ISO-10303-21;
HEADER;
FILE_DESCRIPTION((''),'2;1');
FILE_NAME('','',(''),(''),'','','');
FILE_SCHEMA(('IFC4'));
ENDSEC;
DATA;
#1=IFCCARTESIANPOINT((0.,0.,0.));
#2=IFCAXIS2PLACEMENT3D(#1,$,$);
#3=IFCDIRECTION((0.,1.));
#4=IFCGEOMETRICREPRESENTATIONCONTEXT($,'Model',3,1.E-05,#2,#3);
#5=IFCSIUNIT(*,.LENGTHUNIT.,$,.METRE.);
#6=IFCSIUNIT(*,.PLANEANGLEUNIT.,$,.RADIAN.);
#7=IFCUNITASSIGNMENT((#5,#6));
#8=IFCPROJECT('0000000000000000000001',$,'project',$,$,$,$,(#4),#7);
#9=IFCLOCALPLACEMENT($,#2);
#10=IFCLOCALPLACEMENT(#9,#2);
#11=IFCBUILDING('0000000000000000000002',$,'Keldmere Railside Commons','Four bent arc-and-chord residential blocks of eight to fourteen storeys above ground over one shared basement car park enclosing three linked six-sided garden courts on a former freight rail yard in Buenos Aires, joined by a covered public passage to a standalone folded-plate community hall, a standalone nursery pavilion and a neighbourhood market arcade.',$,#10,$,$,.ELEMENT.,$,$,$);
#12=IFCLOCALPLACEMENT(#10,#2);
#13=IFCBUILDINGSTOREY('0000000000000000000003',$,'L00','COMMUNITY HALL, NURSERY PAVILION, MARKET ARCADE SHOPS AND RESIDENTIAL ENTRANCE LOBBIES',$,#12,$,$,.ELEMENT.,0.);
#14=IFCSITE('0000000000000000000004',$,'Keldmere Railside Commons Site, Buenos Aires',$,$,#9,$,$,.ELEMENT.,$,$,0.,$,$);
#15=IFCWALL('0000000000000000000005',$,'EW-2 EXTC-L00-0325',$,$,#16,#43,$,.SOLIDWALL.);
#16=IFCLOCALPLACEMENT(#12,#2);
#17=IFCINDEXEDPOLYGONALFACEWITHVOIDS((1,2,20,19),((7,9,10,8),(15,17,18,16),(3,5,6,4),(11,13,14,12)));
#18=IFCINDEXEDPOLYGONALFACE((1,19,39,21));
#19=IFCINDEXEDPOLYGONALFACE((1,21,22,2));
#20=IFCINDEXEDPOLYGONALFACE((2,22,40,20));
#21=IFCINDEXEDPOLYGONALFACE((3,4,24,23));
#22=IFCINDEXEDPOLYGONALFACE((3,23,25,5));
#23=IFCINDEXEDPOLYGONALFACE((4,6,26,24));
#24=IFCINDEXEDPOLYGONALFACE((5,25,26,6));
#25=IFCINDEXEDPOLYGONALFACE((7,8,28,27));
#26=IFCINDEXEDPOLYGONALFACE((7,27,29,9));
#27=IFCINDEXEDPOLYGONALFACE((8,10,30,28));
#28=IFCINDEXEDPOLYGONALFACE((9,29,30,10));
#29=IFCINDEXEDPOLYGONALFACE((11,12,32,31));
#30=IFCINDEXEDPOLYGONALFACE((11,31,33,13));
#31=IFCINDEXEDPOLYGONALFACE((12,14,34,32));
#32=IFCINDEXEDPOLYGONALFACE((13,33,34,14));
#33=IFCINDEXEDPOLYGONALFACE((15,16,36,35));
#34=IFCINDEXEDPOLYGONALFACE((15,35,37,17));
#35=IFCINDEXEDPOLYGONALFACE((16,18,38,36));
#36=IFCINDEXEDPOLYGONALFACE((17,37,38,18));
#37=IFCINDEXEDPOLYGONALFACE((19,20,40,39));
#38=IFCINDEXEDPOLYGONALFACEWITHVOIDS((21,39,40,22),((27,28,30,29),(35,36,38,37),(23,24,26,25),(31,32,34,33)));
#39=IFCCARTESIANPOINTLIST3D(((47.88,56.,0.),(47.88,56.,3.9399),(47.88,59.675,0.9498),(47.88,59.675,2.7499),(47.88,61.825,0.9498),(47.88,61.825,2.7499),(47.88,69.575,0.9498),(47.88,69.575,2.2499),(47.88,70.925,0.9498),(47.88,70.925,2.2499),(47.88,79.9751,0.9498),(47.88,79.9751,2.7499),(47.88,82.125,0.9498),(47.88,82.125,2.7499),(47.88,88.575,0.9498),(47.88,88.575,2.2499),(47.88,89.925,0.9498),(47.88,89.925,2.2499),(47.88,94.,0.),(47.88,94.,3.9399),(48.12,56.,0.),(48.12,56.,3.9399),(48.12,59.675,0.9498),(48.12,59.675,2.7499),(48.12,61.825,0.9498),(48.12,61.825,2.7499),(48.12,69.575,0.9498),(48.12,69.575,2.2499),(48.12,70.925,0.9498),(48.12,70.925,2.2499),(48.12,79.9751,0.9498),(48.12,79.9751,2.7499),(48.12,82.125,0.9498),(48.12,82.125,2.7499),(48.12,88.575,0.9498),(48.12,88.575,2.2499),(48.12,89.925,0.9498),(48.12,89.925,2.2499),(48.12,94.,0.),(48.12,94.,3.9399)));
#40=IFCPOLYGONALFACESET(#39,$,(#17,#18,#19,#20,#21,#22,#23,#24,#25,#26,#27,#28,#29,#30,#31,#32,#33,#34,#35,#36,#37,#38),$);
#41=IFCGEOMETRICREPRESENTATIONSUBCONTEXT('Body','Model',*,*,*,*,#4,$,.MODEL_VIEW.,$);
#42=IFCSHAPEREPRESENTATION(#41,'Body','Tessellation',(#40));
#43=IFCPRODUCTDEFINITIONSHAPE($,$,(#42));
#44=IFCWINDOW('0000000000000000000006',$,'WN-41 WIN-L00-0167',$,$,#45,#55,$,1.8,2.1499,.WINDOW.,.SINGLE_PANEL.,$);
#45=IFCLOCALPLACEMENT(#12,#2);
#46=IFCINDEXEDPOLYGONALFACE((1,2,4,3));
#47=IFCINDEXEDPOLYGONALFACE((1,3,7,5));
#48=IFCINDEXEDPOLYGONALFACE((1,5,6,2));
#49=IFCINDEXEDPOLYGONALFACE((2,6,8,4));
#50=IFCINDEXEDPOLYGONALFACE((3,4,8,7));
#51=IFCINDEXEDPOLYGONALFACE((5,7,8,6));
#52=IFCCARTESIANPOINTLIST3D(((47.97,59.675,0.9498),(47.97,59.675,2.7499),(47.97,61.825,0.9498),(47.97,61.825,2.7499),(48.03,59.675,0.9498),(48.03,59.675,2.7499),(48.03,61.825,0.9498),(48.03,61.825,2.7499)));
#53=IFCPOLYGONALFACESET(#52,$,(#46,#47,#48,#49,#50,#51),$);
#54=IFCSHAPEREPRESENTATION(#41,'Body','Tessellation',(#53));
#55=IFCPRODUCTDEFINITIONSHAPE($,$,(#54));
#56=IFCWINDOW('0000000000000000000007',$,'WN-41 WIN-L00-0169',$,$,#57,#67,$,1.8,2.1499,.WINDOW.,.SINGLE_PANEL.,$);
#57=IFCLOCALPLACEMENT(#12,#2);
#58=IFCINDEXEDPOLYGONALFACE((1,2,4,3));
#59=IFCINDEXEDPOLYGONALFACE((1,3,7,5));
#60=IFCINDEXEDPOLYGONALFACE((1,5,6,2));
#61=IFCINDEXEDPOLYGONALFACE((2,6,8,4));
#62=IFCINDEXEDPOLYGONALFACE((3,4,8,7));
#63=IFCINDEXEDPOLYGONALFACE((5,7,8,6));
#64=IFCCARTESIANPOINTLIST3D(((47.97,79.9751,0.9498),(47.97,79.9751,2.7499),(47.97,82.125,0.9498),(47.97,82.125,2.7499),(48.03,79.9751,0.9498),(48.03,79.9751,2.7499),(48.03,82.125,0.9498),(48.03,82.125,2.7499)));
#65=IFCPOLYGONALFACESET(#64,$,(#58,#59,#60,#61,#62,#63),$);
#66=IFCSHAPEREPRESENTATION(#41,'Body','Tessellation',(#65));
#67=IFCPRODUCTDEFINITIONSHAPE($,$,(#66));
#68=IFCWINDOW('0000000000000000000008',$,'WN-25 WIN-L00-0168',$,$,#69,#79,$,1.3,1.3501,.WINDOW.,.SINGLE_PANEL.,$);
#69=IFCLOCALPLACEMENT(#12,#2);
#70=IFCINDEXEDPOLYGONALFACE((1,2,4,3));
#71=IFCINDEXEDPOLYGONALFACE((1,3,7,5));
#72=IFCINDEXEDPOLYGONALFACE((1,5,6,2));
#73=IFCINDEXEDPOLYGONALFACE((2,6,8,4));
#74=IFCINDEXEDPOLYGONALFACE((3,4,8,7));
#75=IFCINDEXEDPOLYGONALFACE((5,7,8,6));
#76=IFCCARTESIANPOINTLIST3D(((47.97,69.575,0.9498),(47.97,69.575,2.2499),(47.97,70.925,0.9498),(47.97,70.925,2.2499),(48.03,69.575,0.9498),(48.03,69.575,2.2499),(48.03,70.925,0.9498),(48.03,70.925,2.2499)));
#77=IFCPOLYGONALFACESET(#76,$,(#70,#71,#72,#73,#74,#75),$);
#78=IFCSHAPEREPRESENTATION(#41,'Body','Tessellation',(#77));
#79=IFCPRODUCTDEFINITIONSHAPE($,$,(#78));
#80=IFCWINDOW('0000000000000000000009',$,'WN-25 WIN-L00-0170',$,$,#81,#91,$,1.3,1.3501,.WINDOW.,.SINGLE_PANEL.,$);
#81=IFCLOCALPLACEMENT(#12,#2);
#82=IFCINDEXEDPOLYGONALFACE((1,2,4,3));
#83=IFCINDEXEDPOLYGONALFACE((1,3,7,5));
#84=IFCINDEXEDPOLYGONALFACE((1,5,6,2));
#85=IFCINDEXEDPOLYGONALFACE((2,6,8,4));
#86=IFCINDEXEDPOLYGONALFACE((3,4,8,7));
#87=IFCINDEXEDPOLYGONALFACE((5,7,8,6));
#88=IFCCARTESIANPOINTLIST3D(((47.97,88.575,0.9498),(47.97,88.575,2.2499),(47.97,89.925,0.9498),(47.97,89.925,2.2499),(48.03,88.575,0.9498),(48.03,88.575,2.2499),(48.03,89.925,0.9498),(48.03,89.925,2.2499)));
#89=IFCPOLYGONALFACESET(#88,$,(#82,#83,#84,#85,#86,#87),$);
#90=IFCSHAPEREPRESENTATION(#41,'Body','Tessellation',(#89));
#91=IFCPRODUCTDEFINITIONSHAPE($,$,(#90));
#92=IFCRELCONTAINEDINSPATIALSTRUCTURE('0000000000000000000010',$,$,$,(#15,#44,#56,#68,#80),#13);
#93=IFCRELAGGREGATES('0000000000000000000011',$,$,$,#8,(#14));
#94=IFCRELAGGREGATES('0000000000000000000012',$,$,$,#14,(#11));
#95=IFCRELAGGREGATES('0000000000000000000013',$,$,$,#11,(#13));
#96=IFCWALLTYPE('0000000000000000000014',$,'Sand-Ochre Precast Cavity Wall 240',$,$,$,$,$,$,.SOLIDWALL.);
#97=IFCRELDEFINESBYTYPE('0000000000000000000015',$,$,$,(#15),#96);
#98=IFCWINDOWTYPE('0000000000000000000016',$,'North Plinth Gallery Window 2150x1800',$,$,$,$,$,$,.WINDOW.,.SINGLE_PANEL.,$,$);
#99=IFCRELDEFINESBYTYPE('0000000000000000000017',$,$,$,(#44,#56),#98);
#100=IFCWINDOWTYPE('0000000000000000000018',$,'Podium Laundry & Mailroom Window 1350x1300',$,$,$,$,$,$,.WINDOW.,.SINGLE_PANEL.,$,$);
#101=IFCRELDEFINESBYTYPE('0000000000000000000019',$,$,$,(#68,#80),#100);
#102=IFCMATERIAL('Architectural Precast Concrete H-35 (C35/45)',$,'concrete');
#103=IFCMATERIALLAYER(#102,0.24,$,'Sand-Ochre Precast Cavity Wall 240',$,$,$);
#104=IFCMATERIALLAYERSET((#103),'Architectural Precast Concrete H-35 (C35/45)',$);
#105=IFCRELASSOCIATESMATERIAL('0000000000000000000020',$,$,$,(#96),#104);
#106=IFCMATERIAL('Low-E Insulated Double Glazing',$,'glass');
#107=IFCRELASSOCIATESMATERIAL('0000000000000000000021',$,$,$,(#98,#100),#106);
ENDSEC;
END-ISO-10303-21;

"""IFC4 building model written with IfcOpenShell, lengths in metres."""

from ifc_helpers import new_model, si_unit, direction, frame, frame_2d, origin, place, context, subcontext, project, spatial, rectangle, extrude, material, layer, layer_set, type_object, element, fill, save


model = new_model("IFC4")

# Units and contexts
model_context = context("Model", 3, precision=1e-05, world=origin(), true_north=direction((0.0, 1.0)))
body_context = subcontext(model_context, "Body", "Model", "MODEL_VIEW")
ifc_project = project(units=[si_unit("LENGTHUNIT", "METRE"), si_unit("PLANEANGLEUNIT", "RADIAN")], contexts=[model_context])

# Site, building, storey
site_placement = place(None, origin())
site = spatial("IfcSite", under=ifc_project, at=site_placement, Name="Keldmere Railside Commons Site, Buenos Aires", CompositionType="ELEMENT", RefElevation=0.0)
building_placement = place(site_placement, origin())
building = spatial("IfcBuilding", under=site, at=building_placement, Name="Keldmere Railside Commons", Description="Four bent arc-and-chord residential blocks of eight to fourteen storeys above ground over one shared basement car park enclosing three linked six-sided garden courts on a former freight rail yard in Buenos Aires, joined by a covered public passage to a standalone folded-plate community hall, a standalone nursery pavilion and a neighbourhood market arcade.", CompositionType="ELEMENT")
storey_placement = place(building_placement, origin())
storey = spatial("IfcBuildingStorey", under=building, at=storey_placement, Name="L00", Description="COMMUNITY HALL, NURSERY PAVILION, MARKET ARCADE SHOPS AND RESIDENTIAL ENTRANCE LOBBIES", CompositionType="ELEMENT", Elevation=0.0)

# Shared definitions
ifc_material_1 = material(Name="Architectural Precast Concrete H-35 (C35/45)", Category="concrete")

# Wall, openings, windows
ifc_layer_1 = layer(ifc_material_1, 0.24, Name="Sand-Ochre Precast Cavity Wall 240")
ifc_layer_set_1 = layer_set([ifc_layer_1], Name="Architectural Precast Concrete H-35 (C35/45)")
wall_type = type_object("IfcWallType", Name="Sand-Ochre Precast Cavity Wall 240", PredefinedType="SOLIDWALL", material=ifc_layer_set_1)
wall_placement = place(storey_placement, frame((48.0, 56.0, 0.0), z_axis=(0.0, 0.0, 1.0), x_axis=(0.0, 1.0, 0.0)))
wall = element("IfcWall", 1, at=wall_placement, inside=storey, type_object=wall_type, Name="EW-2 EXTC-L00-0325", PredefinedType="SOLIDWALL", context=body_context, shape_type="SweptSolid", body=[
    extrude(rectangle(XDim=38.0, YDim=0.24, at=frame_2d((19.0, 0.0))), origin(), (0.0, 0.0, 1.0), 3.9399),
])
opening_1_placement = place(wall_placement, frame((3.675, 0.0, 0.95)))
opening_1 = element("IfcOpeningElement", 2, at=opening_1_placement, cuts=wall, PredefinedType="OPENING", context=body_context, shape_type="SweptSolid", body=[
    extrude(rectangle(XDim=2.1499, YDim=1.8, at=frame_2d((1.075, 0.8999))), frame((0.0, 0.1299, 0.0), z_axis=(0.0, -1.0, 0.0), x_axis=(1.0, 0.0, 0.0)), (0.0, 0.0, 1.0), 0.26),
])
opening_2_placement = place(wall_placement, frame((13.575, 0.0, 0.95)))
opening_2 = element("IfcOpeningElement", 3, at=opening_2_placement, cuts=wall, PredefinedType="OPENING", context=body_context, shape_type="SweptSolid", body=[
    extrude(rectangle(XDim=1.3501, YDim=1.3, at=frame_2d((0.675, 0.6499))), frame((0.0, 0.1299, 0.0), z_axis=(0.0, -1.0, 0.0), x_axis=(1.0, 0.0, 0.0)), (0.0, 0.0, 1.0), 0.26),
])
opening_3_placement = place(wall_placement, frame((23.9751, 0.0, 0.95)))
opening_3 = element("IfcOpeningElement", 4, at=opening_3_placement, cuts=wall, PredefinedType="OPENING", context=body_context, shape_type="SweptSolid", body=[
    extrude(rectangle(XDim=2.1499, YDim=1.8, at=frame_2d((1.075, 0.8999))), frame((0.0, 0.1299, 0.0), z_axis=(0.0, -1.0, 0.0), x_axis=(1.0, 0.0, 0.0)), (0.0, 0.0, 1.0), 0.26),
])
opening_4_placement = place(wall_placement, frame((32.575, 0.0, 0.95)))
opening_4 = element("IfcOpeningElement", 5, at=opening_4_placement, cuts=wall, PredefinedType="OPENING", context=body_context, shape_type="SweptSolid", body=[
    extrude(rectangle(XDim=1.3501, YDim=1.3, at=frame_2d((0.675, 0.6499))), frame((0.0, 0.1299, 0.0), z_axis=(0.0, -1.0, 0.0), x_axis=(1.0, 0.0, 0.0)), (0.0, 0.0, 1.0), 0.26),
])
ifc_material_2 = material(Name="Low-E Insulated Double Glazing", Category="glass")
window_type_1 = type_object("IfcWindowType", Name="North Plinth Gallery Window 2150x1800", PartitioningType="SINGLE_PANEL", PredefinedType="WINDOW", material=ifc_material_2)
window_1_placement = place(opening_1_placement, origin())
window_1 = element("IfcWindow", 6, at=window_1_placement, inside=storey, type_object=window_type_1, Name="WN-41 WIN-L00-0167", OverallHeight=1.8, OverallWidth=2.1499, PartitioningType="SINGLE_PANEL", PredefinedType="WINDOW", context=body_context, shape_type="SweptSolid", body=[
    extrude(rectangle(XDim=2.1499, YDim=1.8, at=frame_2d((1.075, 0.8999))), frame((0.0, 0.03, 0.0), z_axis=(0.0, -1.0, 0.0), x_axis=(1.0, 0.0, 0.0)), (0.0, 0.0, 1.0), 0.0601),
])
fill(opening_1, window_1)
window_2_placement = place(opening_3_placement, origin())
window_2 = element("IfcWindow", 7, at=window_2_placement, inside=storey, type_object=window_type_1, Name="WN-41 WIN-L00-0169", OverallHeight=1.8, OverallWidth=2.1499, PartitioningType="SINGLE_PANEL", PredefinedType="WINDOW", context=body_context, shape_type="SweptSolid", body=[
    extrude(rectangle(XDim=2.1499, YDim=1.8, at=frame_2d((1.075, 0.8999))), frame((0.0, 0.03, 0.0), z_axis=(0.0, -1.0, 0.0), x_axis=(1.0, 0.0, 0.0)), (0.0, 0.0, 1.0), 0.0601),
])
fill(opening_3, window_2)
window_type_2 = type_object("IfcWindowType", Name="Podium Laundry & Mailroom Window 1350x1300", PartitioningType="SINGLE_PANEL", PredefinedType="WINDOW", material=ifc_material_2)
window_3_placement = place(opening_2_placement, origin())
window_3 = element("IfcWindow", 8, at=window_3_placement, inside=storey, type_object=window_type_2, Name="WN-25 WIN-L00-0168", OverallHeight=1.3, OverallWidth=1.3501, PartitioningType="SINGLE_PANEL", PredefinedType="WINDOW", context=body_context, shape_type="SweptSolid", body=[
    extrude(rectangle(XDim=1.3501, YDim=1.3, at=frame_2d((0.675, 0.6499))), frame((0.0, 0.03, 0.0), z_axis=(0.0, -1.0, 0.0), x_axis=(1.0, 0.0, 0.0)), (0.0, 0.0, 1.0), 0.0601),
])
fill(opening_2, window_3)
window_4_placement = place(opening_4_placement, origin())
window_4 = element("IfcWindow", 9, at=window_4_placement, inside=storey, type_object=window_type_2, Name="WN-25 WIN-L00-0170", OverallHeight=1.3, OverallWidth=1.3501, PartitioningType="SINGLE_PANEL", PredefinedType="WINDOW", context=body_context, shape_type="SweptSolid", body=[
    extrude(rectangle(XDim=1.3501, YDim=1.3, at=frame_2d((0.675, 0.6499))), frame((0.0, 0.03, 0.0), z_axis=(0.0, -1.0, 0.0), x_axis=(1.0, 0.0, 0.0)), (0.0, 0.0, 1.0), 0.0601),
])
fill(opening_4, window_4)

save(model, "model.ifc")
